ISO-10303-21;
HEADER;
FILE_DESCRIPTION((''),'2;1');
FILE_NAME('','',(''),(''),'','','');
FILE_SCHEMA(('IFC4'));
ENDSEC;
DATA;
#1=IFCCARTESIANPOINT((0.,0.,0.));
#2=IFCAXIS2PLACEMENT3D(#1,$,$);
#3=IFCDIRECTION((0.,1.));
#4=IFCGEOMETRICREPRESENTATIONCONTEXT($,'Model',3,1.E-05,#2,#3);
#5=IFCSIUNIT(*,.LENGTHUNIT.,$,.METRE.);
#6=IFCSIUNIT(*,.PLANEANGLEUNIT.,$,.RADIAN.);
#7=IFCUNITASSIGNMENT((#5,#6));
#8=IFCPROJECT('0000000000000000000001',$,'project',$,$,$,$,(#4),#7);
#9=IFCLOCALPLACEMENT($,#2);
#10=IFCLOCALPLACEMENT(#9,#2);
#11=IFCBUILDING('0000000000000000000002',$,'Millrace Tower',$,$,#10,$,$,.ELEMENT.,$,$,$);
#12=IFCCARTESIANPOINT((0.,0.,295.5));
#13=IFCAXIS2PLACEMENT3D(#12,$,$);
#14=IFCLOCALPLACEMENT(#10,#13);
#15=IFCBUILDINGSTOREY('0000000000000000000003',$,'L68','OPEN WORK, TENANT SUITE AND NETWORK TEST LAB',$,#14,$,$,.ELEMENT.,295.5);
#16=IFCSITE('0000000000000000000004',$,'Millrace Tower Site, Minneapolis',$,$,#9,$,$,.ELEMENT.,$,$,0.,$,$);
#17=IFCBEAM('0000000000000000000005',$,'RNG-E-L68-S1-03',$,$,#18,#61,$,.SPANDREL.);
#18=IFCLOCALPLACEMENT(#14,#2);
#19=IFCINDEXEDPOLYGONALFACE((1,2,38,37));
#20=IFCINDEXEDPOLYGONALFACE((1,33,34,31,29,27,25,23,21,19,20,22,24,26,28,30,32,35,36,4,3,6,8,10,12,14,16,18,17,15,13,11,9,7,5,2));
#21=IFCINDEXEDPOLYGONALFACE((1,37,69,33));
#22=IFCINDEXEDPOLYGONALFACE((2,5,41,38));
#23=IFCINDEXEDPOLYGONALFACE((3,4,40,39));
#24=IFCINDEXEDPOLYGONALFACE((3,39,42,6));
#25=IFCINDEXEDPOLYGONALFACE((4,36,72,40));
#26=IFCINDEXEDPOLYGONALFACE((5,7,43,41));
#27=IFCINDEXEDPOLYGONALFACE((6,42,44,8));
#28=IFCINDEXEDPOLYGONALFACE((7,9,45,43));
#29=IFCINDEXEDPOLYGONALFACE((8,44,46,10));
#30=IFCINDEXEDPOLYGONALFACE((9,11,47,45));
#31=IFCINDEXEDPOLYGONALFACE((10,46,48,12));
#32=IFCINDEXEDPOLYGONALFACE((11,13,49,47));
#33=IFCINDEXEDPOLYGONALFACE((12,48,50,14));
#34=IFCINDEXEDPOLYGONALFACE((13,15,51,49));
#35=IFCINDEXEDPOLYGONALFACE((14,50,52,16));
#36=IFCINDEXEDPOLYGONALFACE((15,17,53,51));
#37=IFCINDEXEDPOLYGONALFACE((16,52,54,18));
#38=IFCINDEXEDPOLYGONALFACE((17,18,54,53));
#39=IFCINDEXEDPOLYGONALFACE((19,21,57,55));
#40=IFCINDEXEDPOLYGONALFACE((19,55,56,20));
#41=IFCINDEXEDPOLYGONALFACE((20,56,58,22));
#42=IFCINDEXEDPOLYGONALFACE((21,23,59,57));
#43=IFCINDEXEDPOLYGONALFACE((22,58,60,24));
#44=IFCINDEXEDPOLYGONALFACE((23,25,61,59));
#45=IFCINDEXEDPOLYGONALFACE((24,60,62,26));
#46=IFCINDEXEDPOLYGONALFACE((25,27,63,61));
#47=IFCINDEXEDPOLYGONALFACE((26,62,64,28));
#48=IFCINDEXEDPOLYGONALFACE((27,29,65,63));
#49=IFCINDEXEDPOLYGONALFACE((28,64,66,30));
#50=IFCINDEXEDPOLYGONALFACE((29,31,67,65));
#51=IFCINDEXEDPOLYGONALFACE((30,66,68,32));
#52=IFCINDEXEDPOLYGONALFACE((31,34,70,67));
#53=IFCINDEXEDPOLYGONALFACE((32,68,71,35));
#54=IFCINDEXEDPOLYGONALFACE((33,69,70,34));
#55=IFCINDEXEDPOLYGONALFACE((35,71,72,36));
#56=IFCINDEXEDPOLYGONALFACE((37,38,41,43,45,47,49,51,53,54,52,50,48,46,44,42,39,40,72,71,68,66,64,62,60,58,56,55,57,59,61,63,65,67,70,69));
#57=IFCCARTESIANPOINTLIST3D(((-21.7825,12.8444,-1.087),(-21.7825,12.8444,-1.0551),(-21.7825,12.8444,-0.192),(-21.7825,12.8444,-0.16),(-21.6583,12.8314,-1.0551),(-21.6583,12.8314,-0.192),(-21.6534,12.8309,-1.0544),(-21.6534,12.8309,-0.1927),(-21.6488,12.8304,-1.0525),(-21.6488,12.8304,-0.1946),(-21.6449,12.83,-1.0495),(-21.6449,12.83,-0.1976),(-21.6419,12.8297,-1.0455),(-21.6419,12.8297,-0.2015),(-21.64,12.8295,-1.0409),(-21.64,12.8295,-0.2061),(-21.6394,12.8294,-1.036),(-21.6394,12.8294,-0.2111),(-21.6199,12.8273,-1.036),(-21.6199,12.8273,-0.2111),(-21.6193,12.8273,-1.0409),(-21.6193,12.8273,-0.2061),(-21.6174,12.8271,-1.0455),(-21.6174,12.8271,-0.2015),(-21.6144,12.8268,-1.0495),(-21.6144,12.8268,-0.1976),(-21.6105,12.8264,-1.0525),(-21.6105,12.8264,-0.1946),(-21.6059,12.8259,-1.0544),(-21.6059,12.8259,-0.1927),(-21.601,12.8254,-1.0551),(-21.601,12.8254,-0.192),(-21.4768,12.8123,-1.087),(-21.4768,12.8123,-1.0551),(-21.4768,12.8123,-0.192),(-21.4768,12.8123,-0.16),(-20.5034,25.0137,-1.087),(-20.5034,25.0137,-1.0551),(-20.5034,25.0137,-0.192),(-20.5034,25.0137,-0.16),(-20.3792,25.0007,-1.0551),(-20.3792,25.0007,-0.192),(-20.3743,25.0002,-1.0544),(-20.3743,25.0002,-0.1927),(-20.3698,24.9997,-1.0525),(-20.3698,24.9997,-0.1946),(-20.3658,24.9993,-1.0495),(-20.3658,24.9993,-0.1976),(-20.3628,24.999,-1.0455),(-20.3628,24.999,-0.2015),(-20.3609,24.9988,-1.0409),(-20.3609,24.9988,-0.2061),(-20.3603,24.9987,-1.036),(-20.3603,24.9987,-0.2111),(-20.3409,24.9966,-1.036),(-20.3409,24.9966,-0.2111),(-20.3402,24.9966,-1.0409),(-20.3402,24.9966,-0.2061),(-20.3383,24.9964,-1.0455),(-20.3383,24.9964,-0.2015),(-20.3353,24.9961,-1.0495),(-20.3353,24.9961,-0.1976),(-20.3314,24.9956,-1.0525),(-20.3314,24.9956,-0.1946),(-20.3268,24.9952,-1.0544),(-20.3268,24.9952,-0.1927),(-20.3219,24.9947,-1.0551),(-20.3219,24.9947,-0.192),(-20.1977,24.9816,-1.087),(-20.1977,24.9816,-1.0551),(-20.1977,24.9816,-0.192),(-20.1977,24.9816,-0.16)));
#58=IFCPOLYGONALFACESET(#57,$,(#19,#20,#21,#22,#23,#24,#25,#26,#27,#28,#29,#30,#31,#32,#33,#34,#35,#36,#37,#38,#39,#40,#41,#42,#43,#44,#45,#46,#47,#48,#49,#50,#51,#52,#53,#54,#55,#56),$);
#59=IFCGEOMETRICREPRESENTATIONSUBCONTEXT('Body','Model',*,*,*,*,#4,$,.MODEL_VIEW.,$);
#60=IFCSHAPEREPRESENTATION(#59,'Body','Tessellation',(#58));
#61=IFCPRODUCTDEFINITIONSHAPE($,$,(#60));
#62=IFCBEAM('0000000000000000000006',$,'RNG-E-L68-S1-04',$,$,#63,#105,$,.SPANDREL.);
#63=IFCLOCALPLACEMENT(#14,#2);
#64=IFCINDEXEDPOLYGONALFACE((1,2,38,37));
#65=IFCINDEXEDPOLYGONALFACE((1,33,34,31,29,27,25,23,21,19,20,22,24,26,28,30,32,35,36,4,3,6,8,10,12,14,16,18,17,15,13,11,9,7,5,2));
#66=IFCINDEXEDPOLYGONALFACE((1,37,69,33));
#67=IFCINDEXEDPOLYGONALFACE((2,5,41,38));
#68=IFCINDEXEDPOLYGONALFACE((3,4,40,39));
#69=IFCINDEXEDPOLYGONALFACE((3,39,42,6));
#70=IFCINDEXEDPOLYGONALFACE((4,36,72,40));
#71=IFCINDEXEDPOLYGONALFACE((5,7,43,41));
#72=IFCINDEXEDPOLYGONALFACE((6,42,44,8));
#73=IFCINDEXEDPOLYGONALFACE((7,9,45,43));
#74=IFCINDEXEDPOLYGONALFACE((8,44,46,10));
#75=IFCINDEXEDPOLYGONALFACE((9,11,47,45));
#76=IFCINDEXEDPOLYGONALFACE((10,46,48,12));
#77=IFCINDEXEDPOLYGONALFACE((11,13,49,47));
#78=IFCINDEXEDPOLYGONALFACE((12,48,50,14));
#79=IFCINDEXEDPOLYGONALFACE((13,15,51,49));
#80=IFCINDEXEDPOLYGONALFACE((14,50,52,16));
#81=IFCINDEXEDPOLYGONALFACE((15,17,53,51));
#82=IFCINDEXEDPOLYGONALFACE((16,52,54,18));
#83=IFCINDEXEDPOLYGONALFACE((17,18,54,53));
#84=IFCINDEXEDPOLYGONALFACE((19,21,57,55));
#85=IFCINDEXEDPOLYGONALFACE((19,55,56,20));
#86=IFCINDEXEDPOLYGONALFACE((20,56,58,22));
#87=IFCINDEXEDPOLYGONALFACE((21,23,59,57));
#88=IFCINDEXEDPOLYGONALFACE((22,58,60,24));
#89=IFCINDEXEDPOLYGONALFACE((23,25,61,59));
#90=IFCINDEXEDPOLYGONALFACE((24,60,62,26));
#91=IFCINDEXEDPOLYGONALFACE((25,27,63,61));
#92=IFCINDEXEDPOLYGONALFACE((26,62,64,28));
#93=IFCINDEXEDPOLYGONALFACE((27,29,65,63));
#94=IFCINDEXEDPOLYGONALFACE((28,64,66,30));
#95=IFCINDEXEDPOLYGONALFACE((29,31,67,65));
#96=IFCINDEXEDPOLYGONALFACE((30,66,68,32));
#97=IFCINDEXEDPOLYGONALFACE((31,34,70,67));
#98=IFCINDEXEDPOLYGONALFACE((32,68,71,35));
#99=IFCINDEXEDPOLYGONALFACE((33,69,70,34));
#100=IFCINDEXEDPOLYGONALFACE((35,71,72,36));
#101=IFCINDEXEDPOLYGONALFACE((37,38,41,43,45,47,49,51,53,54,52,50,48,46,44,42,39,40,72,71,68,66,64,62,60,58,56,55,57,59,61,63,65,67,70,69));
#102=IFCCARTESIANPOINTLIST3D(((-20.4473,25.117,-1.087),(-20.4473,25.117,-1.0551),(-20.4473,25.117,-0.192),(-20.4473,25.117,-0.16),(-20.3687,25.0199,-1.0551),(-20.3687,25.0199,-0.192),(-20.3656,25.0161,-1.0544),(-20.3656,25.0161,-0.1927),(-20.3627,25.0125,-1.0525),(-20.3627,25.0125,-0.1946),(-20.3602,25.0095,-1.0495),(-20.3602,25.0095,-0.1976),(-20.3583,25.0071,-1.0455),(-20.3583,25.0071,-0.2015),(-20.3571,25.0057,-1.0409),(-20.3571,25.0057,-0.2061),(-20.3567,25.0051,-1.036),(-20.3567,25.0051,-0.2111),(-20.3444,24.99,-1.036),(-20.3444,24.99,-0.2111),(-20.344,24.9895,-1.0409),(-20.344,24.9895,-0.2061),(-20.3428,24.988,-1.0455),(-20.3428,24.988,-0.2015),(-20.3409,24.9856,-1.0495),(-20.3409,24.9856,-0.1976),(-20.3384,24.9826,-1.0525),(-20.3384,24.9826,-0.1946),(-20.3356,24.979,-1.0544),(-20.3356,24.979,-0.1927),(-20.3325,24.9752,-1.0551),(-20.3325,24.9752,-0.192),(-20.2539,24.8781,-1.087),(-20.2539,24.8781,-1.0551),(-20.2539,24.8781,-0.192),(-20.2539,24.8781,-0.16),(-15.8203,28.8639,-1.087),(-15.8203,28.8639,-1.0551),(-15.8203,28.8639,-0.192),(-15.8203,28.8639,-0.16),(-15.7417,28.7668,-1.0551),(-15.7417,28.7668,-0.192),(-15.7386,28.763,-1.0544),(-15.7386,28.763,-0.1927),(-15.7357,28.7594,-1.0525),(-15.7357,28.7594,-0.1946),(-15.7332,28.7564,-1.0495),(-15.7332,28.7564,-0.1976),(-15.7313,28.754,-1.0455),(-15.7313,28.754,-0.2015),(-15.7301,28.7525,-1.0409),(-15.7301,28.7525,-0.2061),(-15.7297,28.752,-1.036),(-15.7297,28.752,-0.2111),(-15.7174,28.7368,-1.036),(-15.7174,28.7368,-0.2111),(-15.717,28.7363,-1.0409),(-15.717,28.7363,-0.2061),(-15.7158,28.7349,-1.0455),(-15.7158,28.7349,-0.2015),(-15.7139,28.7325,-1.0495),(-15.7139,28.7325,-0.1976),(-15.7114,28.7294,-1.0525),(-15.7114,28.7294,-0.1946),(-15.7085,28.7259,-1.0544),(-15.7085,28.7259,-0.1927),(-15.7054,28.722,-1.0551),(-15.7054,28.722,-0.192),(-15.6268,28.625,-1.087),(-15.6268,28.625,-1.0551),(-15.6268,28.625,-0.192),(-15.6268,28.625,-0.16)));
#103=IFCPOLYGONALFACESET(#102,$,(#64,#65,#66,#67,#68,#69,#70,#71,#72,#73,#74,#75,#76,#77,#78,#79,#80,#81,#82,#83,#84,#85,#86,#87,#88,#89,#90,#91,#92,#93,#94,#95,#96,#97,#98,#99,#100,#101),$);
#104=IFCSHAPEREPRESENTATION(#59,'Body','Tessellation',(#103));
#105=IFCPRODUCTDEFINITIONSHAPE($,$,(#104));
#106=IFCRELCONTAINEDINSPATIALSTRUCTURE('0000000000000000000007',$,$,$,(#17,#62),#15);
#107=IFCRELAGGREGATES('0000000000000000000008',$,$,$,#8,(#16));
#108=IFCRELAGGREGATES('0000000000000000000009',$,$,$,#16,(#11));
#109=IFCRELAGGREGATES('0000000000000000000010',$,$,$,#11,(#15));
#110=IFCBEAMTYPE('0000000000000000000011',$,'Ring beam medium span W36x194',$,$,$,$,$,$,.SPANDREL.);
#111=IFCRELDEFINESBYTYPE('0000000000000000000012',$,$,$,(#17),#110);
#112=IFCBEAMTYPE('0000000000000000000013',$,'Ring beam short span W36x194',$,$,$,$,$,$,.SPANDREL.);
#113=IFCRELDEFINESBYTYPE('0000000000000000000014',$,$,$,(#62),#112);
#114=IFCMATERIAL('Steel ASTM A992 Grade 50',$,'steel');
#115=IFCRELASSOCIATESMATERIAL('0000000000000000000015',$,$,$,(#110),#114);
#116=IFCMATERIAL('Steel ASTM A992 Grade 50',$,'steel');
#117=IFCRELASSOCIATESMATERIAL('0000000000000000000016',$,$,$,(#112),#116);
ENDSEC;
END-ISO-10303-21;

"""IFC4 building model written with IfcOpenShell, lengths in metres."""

from ifc_helpers import new_model, si_unit, direction, frame, origin, origin_2d, place, context, subcontext, project, spatial, i_section, extrude, material, material_profile, profile_set, type_object, element, save


model = new_model("IFC4")

# Units and contexts
model_context = context("Model", 3, precision=1e-05, world=origin(), true_north=direction((0.0, 1.0)))
body_context = subcontext(model_context, "Body", "Model", "MODEL_VIEW")
ifc_project = project(units=[si_unit("LENGTHUNIT", "METRE"), si_unit("PLANEANGLEUNIT", "RADIAN")], contexts=[model_context])

# Site, building, storey
site_placement = place(None, origin())
site = spatial("IfcSite", under=ifc_project, at=site_placement, Name="Millrace Tower Site, Minneapolis", CompositionType="ELEMENT", RefElevation=0.0)
building_placement = place(site_placement, origin())
building = spatial("IfcBuilding", under=site, at=building_placement, Name="Millrace Tower", CompositionType="ELEMENT")
storey_placement = place(building_placement, frame((0.0, 0.0, 295.5)))
storey = spatial("IfcBuildingStorey", under=building, at=storey_placement, Name="L68", Description="OPEN WORK, TENANT SUITE AND NETWORK TEST LAB", CompositionType="ELEMENT", Elevation=295.5)

# Beams
ifc_material_1 = material(Name="Steel ASTM A992 Grade 50", Category="steel")
ifc_material_profile_1 = material_profile(ifc_material_1, i_section(OverallWidth=0.3074, OverallDepth=0.927, WebThickness=0.0195, FlangeThickness=0.032, FilletRadius=0.019, at=origin_2d()))
ifc_profile_set_1 = profile_set([ifc_material_profile_1], Name="Steel ASTM A992 Grade 50")
beam_type_1 = type_object("IfcBeamType", Name="Ring beam medium span W36x194", PredefinedType="SPANDREL", material=ifc_profile_set_1)
beam_1_placement = place(storey_placement, frame((-21.6296, 12.8284, -0.6235), z_axis=(0.10453, 0.994522, 0.0), x_axis=(-0.994522, 0.10453, 0.0)))
element("IfcBeam", 1, at=beam_1_placement, inside=storey, type_object=beam_type_1, Name="RNG-E-L68-S1-03", PredefinedType="SPANDREL", context=body_context, shape_type="SweptSolid", body=[
    extrude(i_section(OverallWidth=0.3074, OverallDepth=0.927, WebThickness=0.0195, FlangeThickness=0.032, FilletRadius=0.019, at=origin_2d()), origin(), (0.0, 0.0, 1.0), 12.2363),
])
ifc_material_2 = material(Name="Steel ASTM A992 Grade 50", Category="steel")
ifc_material_profile_2 = material_profile(ifc_material_2, i_section(OverallWidth=0.3074, OverallDepth=0.927, WebThickness=0.0195, FlangeThickness=0.032, FilletRadius=0.019, at=origin_2d()))
ifc_profile_set_2 = profile_set([ifc_material_profile_2], Name="Steel ASTM A992 Grade 50")
beam_type_2 = type_object("IfcBeamType", Name="Ring beam short span W36x194", PredefinedType="SPANDREL", material=ifc_profile_set_2)
beam_2_placement = place(storey_placement, frame((-20.3506, 24.9976, -0.6235), z_axis=(0.777147, 0.62932, 0.0), x_axis=(-0.62932, 0.777147, 0.0)))
element("IfcBeam", 2, at=beam_2_placement, inside=storey, type_object=beam_type_2, Name="RNG-E-L68-S1-04", PredefinedType="SPANDREL", context=body_context, shape_type="SweptSolid", body=[
    extrude(i_section(OverallWidth=0.3074, OverallDepth=0.927, WebThickness=0.0195, FlangeThickness=0.032, FilletRadius=0.019, at=origin_2d()), origin(), (0.0, 0.0, 1.0), 5.9539),
])

save(model, "model.ifc")
